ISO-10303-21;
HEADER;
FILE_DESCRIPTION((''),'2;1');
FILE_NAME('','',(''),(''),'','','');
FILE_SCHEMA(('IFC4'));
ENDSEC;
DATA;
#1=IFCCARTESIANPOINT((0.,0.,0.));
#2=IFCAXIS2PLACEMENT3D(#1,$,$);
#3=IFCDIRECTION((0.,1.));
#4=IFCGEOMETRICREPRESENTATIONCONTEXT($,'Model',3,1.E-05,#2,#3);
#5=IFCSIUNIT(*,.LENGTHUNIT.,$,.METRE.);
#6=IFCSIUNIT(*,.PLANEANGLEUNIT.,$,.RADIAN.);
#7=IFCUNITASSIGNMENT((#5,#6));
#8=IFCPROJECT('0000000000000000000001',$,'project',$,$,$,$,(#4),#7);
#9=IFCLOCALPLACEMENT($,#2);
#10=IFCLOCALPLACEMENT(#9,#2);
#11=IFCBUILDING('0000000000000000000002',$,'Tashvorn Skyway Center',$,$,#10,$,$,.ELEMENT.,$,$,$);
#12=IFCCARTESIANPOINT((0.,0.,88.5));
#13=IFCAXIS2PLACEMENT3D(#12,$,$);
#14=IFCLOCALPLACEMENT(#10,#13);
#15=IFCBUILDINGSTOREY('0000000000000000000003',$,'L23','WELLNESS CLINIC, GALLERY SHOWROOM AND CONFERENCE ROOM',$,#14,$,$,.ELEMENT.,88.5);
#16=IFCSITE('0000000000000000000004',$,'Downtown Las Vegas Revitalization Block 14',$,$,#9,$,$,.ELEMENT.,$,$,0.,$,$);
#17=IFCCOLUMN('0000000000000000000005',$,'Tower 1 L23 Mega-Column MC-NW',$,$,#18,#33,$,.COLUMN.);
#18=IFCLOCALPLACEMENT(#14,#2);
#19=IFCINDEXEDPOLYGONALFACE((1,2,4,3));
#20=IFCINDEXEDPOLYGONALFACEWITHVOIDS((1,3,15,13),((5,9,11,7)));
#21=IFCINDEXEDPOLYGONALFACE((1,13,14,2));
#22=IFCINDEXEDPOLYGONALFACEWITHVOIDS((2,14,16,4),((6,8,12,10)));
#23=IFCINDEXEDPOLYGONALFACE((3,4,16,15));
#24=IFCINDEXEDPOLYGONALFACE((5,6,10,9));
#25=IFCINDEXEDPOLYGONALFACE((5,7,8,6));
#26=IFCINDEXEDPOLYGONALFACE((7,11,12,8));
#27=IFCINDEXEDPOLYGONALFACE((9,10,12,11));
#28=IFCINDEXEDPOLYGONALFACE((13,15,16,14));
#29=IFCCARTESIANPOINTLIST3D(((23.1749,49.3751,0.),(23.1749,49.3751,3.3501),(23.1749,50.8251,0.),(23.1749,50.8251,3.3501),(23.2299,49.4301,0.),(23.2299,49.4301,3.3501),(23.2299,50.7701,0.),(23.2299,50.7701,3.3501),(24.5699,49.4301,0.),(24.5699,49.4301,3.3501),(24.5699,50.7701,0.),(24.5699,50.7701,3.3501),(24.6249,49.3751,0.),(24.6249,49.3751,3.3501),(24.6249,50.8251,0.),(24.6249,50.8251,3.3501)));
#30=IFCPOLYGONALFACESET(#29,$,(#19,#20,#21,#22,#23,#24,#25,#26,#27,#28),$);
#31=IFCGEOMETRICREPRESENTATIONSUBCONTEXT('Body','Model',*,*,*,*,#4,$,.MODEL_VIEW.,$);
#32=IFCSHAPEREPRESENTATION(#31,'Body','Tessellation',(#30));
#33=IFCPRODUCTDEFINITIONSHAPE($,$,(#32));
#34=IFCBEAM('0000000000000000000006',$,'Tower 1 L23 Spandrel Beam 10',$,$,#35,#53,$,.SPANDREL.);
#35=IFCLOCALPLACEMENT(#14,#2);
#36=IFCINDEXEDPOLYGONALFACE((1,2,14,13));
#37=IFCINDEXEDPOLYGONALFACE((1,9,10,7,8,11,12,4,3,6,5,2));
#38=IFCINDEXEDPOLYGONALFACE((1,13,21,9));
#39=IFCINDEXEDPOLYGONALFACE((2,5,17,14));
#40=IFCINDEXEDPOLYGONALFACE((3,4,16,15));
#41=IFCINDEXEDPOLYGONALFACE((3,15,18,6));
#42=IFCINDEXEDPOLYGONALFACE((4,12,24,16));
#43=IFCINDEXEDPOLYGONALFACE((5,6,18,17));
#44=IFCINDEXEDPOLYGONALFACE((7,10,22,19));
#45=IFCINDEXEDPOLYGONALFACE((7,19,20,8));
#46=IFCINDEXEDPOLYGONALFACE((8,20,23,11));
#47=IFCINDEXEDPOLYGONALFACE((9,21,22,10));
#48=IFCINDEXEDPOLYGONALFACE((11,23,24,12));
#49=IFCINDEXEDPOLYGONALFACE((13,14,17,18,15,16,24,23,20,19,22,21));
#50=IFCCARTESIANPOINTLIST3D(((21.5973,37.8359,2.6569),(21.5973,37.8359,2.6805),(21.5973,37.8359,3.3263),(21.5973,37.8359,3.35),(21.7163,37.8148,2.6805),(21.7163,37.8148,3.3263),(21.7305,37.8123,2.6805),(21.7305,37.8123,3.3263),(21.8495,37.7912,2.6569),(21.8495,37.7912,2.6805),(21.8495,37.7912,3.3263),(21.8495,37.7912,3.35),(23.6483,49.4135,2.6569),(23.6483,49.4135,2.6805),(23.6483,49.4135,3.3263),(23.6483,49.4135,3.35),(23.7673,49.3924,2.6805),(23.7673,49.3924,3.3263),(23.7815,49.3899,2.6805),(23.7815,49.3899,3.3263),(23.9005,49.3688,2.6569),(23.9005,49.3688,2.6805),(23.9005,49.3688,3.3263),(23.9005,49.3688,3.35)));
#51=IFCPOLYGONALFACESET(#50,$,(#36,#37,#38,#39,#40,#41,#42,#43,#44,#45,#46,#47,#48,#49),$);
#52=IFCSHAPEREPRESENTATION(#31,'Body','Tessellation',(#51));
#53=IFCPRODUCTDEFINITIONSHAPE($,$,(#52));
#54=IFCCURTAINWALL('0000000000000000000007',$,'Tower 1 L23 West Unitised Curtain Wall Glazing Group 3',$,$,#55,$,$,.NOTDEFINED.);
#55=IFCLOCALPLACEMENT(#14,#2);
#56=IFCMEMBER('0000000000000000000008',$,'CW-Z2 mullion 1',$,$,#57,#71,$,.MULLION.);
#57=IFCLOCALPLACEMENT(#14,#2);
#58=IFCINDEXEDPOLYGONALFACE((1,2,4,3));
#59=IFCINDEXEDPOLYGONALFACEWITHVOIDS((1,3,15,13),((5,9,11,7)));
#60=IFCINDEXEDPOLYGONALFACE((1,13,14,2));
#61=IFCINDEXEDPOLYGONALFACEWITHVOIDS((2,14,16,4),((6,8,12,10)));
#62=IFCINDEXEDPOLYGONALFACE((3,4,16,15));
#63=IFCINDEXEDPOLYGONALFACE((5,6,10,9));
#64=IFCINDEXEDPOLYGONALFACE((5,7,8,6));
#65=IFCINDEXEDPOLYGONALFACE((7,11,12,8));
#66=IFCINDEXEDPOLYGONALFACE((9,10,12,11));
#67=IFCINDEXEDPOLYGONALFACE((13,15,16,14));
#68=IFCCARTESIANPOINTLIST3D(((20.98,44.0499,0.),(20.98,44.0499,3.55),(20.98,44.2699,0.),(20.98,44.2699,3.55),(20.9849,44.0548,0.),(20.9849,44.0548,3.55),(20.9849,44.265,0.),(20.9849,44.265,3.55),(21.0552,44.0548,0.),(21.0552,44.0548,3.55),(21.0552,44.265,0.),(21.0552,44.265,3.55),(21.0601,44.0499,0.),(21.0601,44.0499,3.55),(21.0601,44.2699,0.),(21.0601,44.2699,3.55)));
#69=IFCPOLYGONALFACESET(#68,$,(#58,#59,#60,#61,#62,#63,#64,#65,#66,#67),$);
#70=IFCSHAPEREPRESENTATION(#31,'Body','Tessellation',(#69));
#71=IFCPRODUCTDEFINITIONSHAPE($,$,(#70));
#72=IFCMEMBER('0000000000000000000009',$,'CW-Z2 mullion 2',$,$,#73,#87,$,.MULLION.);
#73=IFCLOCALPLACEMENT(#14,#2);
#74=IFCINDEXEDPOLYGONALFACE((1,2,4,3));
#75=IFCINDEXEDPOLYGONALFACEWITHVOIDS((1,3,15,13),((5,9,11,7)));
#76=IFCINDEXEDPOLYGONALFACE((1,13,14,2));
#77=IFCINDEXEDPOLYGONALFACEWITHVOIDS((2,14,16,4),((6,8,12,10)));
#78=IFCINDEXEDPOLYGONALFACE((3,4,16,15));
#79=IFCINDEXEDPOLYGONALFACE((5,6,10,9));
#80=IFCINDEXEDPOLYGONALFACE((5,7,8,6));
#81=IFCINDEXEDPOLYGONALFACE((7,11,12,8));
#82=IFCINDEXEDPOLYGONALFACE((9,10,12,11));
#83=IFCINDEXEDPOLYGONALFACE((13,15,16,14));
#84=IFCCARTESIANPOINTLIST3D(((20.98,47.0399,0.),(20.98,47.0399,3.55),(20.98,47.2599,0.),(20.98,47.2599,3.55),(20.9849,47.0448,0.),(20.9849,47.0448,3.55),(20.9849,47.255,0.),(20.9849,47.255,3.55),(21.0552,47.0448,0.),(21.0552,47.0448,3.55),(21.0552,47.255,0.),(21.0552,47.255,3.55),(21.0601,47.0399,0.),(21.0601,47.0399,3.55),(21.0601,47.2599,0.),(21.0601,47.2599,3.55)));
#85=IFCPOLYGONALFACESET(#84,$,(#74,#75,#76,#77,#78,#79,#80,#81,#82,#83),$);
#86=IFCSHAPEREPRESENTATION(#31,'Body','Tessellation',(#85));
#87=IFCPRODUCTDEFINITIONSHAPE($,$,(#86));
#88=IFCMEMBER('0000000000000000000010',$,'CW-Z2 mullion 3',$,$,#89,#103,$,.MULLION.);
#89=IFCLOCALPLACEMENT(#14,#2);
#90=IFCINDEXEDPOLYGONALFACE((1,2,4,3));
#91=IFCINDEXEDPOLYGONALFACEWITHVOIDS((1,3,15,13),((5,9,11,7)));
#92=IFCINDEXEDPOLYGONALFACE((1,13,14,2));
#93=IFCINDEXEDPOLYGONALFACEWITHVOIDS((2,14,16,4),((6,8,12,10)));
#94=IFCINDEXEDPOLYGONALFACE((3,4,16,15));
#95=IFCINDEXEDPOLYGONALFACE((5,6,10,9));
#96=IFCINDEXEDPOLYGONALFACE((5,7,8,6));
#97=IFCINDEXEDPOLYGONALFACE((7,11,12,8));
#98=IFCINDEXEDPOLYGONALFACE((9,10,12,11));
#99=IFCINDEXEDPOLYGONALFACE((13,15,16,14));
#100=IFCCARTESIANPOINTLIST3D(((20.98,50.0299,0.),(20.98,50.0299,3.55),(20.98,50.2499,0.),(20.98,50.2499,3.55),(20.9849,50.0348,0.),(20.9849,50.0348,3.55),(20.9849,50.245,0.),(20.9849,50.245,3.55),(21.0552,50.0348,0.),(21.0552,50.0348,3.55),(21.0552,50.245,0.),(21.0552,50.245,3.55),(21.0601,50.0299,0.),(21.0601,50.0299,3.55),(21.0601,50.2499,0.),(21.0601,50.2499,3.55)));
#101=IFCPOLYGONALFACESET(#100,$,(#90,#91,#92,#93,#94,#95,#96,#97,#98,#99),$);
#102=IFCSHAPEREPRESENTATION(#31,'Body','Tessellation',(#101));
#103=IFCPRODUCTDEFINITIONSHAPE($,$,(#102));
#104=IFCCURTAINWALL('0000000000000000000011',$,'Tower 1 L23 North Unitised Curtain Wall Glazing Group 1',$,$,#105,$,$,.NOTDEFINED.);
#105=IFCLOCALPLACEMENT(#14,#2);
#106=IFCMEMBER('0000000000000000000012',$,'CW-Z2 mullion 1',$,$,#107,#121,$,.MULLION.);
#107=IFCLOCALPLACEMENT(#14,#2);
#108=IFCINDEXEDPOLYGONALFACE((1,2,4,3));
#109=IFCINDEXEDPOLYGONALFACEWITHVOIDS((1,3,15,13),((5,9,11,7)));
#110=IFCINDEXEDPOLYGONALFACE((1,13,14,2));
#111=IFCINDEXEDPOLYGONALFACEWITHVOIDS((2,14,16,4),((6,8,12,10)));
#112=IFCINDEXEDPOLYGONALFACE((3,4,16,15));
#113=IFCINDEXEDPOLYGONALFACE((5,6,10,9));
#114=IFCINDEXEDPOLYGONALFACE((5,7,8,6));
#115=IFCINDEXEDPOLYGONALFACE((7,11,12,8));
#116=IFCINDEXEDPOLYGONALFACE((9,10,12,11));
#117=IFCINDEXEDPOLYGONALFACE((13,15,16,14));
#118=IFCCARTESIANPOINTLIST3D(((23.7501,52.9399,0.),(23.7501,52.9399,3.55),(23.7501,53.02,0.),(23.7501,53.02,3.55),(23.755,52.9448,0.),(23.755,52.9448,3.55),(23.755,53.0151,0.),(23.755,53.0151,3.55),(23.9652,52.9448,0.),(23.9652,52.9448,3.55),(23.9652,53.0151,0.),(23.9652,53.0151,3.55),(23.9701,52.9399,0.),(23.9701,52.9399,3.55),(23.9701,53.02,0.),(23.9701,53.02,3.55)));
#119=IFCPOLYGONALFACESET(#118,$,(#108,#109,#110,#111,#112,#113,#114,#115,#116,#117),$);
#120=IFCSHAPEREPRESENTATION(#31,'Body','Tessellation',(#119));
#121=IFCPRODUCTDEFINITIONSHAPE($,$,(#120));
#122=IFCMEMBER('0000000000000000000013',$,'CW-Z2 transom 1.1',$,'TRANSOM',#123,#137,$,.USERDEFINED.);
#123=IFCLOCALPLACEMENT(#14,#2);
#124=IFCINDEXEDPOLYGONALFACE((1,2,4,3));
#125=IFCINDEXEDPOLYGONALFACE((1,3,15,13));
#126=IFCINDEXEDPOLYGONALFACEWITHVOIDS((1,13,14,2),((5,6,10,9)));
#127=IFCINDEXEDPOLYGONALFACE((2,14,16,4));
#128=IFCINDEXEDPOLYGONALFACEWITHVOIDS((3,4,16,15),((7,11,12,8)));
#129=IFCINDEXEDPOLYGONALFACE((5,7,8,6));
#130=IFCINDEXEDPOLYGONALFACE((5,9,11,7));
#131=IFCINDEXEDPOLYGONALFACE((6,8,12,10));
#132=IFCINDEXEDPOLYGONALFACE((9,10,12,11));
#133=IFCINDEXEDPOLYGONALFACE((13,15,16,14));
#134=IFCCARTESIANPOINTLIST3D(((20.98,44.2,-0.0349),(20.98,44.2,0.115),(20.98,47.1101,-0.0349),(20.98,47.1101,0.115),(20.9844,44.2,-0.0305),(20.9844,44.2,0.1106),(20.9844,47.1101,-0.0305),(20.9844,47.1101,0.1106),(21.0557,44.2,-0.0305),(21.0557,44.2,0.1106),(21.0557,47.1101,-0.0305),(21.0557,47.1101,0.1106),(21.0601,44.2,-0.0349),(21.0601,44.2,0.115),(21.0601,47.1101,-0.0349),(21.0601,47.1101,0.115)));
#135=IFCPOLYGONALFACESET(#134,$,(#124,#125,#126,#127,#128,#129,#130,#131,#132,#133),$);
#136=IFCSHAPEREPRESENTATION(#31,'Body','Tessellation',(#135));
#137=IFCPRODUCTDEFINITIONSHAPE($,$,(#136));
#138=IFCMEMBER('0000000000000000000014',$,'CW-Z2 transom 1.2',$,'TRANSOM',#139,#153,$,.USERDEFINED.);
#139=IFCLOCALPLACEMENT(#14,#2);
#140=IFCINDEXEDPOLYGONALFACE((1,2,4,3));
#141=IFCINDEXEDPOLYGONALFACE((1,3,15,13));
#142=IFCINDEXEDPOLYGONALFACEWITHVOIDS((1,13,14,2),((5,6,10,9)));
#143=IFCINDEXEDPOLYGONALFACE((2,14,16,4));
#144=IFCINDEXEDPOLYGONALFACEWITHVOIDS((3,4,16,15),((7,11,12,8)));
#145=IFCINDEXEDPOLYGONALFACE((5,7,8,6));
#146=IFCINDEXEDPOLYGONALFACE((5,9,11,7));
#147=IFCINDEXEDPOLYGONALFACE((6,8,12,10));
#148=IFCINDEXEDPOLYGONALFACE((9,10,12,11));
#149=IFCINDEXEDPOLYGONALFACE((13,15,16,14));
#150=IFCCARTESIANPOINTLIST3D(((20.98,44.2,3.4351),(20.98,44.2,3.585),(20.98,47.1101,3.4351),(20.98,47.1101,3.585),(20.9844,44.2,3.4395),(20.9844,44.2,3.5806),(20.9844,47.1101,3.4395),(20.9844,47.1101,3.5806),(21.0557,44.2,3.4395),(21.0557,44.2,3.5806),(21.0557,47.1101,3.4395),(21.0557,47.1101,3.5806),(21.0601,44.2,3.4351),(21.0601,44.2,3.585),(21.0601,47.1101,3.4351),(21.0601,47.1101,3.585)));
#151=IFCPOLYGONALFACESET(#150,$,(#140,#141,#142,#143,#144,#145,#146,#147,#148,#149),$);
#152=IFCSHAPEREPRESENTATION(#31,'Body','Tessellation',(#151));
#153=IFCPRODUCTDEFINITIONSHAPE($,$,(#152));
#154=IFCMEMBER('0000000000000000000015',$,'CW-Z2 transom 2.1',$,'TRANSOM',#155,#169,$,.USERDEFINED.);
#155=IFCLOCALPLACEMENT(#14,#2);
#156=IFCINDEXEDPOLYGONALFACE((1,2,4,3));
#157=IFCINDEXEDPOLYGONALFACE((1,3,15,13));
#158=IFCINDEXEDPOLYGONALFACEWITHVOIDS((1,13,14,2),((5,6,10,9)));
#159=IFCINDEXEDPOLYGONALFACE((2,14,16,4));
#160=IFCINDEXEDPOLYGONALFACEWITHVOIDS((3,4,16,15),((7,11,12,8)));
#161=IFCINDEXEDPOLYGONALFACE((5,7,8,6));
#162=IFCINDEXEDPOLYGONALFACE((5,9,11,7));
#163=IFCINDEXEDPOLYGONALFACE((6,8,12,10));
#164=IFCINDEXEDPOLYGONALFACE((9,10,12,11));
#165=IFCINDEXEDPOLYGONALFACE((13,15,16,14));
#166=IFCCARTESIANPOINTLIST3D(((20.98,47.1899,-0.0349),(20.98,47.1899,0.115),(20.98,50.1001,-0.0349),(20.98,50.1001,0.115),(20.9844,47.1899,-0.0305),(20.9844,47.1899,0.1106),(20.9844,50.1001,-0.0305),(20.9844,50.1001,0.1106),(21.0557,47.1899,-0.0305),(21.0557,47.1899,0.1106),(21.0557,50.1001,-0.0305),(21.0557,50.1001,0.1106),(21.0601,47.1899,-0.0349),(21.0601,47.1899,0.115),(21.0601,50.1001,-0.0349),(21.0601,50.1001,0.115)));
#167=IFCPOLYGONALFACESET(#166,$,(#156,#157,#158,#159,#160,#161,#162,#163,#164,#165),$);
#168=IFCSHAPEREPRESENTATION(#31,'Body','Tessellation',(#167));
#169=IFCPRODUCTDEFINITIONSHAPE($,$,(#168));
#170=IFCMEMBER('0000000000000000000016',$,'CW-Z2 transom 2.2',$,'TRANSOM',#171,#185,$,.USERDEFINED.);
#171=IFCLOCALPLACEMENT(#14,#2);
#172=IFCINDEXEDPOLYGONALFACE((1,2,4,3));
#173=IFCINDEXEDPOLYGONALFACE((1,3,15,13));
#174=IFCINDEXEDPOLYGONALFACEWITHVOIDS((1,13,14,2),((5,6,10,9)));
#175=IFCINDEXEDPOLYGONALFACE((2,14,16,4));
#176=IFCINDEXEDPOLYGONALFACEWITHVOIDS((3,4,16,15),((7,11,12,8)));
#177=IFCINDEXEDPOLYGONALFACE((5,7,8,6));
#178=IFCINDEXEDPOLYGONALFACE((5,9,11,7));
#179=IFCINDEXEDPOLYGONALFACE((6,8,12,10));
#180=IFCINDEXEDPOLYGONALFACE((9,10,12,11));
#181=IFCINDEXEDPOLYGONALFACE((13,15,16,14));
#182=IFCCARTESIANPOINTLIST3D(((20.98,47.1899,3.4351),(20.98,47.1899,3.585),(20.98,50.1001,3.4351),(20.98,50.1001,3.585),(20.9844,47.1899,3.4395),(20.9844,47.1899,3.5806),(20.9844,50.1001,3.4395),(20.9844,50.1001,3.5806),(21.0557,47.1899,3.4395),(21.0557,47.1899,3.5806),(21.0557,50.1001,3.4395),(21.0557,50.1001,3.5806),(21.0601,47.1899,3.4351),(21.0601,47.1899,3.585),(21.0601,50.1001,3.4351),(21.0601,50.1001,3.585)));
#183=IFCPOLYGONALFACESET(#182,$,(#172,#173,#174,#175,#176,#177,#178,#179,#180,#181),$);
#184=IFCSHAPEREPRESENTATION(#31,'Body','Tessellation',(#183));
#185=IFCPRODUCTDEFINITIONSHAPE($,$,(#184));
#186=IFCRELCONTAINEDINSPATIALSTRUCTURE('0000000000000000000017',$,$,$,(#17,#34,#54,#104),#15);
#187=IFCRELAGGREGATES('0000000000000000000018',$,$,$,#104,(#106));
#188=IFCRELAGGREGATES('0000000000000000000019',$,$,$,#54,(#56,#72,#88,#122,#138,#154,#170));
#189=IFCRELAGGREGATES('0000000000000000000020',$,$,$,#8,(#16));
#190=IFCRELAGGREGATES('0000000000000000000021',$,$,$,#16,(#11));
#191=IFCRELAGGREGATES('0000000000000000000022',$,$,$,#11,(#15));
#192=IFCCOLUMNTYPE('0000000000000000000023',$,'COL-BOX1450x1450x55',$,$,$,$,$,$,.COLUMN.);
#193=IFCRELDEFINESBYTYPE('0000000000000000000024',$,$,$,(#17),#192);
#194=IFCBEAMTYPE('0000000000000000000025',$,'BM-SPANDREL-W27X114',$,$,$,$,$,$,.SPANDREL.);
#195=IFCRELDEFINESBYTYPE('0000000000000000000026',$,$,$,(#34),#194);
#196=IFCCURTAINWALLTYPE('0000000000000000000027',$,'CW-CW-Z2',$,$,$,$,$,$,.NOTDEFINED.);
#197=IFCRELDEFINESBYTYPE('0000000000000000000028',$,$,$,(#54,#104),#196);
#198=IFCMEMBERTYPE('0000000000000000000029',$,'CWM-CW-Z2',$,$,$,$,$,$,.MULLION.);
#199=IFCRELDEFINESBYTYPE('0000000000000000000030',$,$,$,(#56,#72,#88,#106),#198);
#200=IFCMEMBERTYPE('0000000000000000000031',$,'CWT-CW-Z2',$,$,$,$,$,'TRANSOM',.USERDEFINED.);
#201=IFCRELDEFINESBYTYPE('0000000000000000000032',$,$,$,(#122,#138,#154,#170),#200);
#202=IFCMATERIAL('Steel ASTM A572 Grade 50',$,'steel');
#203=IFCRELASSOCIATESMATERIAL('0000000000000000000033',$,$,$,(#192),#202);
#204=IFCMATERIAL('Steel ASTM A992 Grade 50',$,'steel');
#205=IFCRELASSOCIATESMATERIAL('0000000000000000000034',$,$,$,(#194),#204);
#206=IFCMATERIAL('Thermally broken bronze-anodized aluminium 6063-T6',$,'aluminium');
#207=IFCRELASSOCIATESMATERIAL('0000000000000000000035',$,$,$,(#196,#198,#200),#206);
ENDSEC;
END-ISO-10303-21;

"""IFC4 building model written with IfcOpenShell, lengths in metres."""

from ifc_helpers import new_model, si_unit, direction, frame, origin, origin_2d, place, context, subcontext, project, spatial, hollow_rectangle, i_section, extrude, material, material_profile, profile_set, type_object, element, aggregate, save


model = new_model("IFC4")

# Units and contexts
model_context = context("Model", 3, precision=1e-05, world=origin(), true_north=direction((0.0, 1.0)))
body_context = subcontext(model_context, "Body", "Model", "MODEL_VIEW")
ifc_project = project(units=[si_unit("LENGTHUNIT", "METRE"), si_unit("PLANEANGLEUNIT", "RADIAN")], contexts=[model_context])

# Site, building, storey
site_placement = place(None, origin())
site = spatial("IfcSite", under=ifc_project, at=site_placement, Name="Downtown Las Vegas Revitalization Block 14", CompositionType="ELEMENT", RefElevation=0.0)
building_placement = place(site_placement, origin())
building = spatial("IfcBuilding", under=site, at=building_placement, Name="Tashvorn Skyway Center", CompositionType="ELEMENT")
storey_placement = place(building_placement, frame((0.0, 0.0, 88.5)))
storey = spatial("IfcBuildingStorey", under=building, at=storey_placement, Name="L23", Description="WELLNESS CLINIC, GALLERY SHOWROOM AND CONFERENCE ROOM", CompositionType="ELEMENT", Elevation=88.5)

# Column
ifc_material_1 = material(Name="Steel ASTM A572 Grade 50", Category="steel")
ifc_material_profile_1 = material_profile(ifc_material_1, hollow_rectangle(XDim=1.45, YDim=1.45, WallThickness=0.0549, at=origin_2d()), Name="BOX1450x1450x55")
ifc_profile_set_1 = profile_set([ifc_material_profile_1], Name="Steel ASTM A572 Grade 50")
column_type = type_object("IfcColumnType", Name="COL-BOX1450x1450x55", PredefinedType="COLUMN", material=ifc_profile_set_1)
column_placement = place(storey_placement, frame((23.8999, 50.1001, 0.0), z_axis=(0.0, 0.0, 1.0), x_axis=(1.0, 0.0, 0.0)))
element("IfcColumn", 1, at=column_placement, inside=storey, type_object=column_type, Name="Tower 1 L23 Mega-Column MC-NW", PredefinedType="COLUMN", context=body_context, shape_type="SweptSolid", body=[
    extrude(hollow_rectangle(XDim=1.45, YDim=1.45, WallThickness=0.0549, at=origin_2d()), origin(), (0.0, 0.0, 1.0), 3.3501),
])

# Beam
ifc_material_2 = material(Name="Steel ASTM A992 Grade 50", Category="steel")
ifc_material_profile_2 = material_profile(ifc_material_2, i_section(OverallWidth=0.2561, OverallDepth=0.6931, WebThickness=0.0144, FlangeThickness=0.0237, at=origin_2d()), Name="W27X114")
ifc_profile_set_2 = profile_set([ifc_material_profile_2], Name="Steel ASTM A992 Grade 50")
beam_type = type_object("IfcBeamType", Name="BM-SPANDREL-W27X114", PredefinedType="SPANDREL", material=ifc_profile_set_2)
beam_placement = place(storey_placement, frame((23.7744, 49.3911, 3.0034), z_axis=(-0.174438, -0.984668, 0.0), x_axis=(0.984668, -0.174438, 0.0)))
element("IfcBeam", 2, at=beam_placement, inside=storey, type_object=beam_type, Name="Tower 1 L23 Spandrel Beam 10", PredefinedType="SPANDREL", context=body_context, shape_type="SweptSolid", body=[
    extrude(i_section(OverallWidth=0.2561, OverallDepth=0.6931, WebThickness=0.0144, FlangeThickness=0.0237, at=origin_2d()), origin(), (0.0, 0.0, 1.0), 11.7578),
])

# Curtain wall, members
ifc_material_3 = material(Name="Thermally broken bronze-anodized aluminium 6063-T6", Category="aluminium")
curtain_wall_type = type_object("IfcCurtainWallType", Name="CW-CW-Z2", PredefinedType="NOTDEFINED", material=ifc_material_3)
curtain_wall_1_placement = place(storey_placement, origin())
curtain_wall_1 = element("IfcCurtainWall", 3, at=curtain_wall_1_placement, inside=storey, type_object=curtain_wall_type, Name="Tower 1 L23 West Unitised Curtain Wall Glazing Group 3", PredefinedType="NOTDEFINED")
ifc_material_profile_3 = material_profile(ifc_material_3, hollow_rectangle(XDim=0.0801, YDim=0.22, WallThickness=0.0049, at=origin_2d()), Name="ALU-MULL-80x220")
ifc_profile_set_3 = profile_set([ifc_material_profile_3], Name="Thermally broken bronze-anodized aluminium 6063-T6")
member_type_1 = type_object("IfcMemberType", Name="CWM-CW-Z2", PredefinedType="MULLION", material=ifc_profile_set_3)
member_1_placement = place(storey_placement, frame((21.02, 44.1599, 0.0), z_axis=(0.0, 0.0, 1.0), x_axis=(-1.0, 0.0, 0.0)))
member_1 = element("IfcMember", 4, at=member_1_placement, type_object=member_type_1, Name="CW-Z2 mullion 1", PredefinedType="MULLION", context=body_context, shape_type="SweptSolid", body=[
    extrude(hollow_rectangle(XDim=0.0801, YDim=0.22, WallThickness=0.0049, at=origin_2d()), origin(), (0.0, 0.0, 1.0), 3.55),
])
member_2_placement = place(storey_placement, frame((21.02, 47.1499, 0.0), z_axis=(0.0, 0.0, 1.0), x_axis=(-1.0, 0.0, 0.0)))
member_2 = element("IfcMember", 5, at=member_2_placement, type_object=member_type_1, Name="CW-Z2 mullion 2", PredefinedType="MULLION", context=body_context, shape_type="SweptSolid", body=[
    extrude(hollow_rectangle(XDim=0.0801, YDim=0.22, WallThickness=0.0049, at=origin_2d()), origin(), (0.0, 0.0, 1.0), 3.55),
])
member_3_placement = place(storey_placement, frame((21.02, 50.1399, 0.0), z_axis=(0.0, 0.0, 1.0), x_axis=(-1.0, 0.0, 0.0)))
member_3 = element("IfcMember", 6, at=member_3_placement, type_object=member_type_1, Name="CW-Z2 mullion 3", PredefinedType="MULLION", context=body_context, shape_type="SweptSolid", body=[
    extrude(hollow_rectangle(XDim=0.0801, YDim=0.22, WallThickness=0.0049, at=origin_2d()), origin(), (0.0, 0.0, 1.0), 3.55),
])

# Curtain wall, member
curtain_wall_2_placement = place(storey_placement, origin())
curtain_wall_2 = element("IfcCurtainWall", 7, at=curtain_wall_2_placement, inside=storey, type_object=curtain_wall_type, Name="Tower 1 L23 North Unitised Curtain Wall Glazing Group 1", PredefinedType="NOTDEFINED")
member_4_placement = place(storey_placement, frame((23.8601, 52.98, 0.0), z_axis=(0.0, 0.0, 1.0), x_axis=(0.0, 1.0, 0.0)))
member_4 = element("IfcMember", 8, at=member_4_placement, type_object=member_type_1, Name="CW-Z2 mullion 1", PredefinedType="MULLION", context=body_context, shape_type="SweptSolid", body=[
    extrude(hollow_rectangle(XDim=0.0801, YDim=0.22, WallThickness=0.0049, at=origin_2d()), origin(), (0.0, 0.0, 1.0), 3.55),
])
aggregate(curtain_wall_2, [member_4])

# Members
ifc_material_profile_4 = material_profile(ifc_material_3, hollow_rectangle(XDim=0.0801, YDim=0.1499, WallThickness=0.0044, at=origin_2d()), Name="ALU-TRAN-80x150")
ifc_profile_set_4 = profile_set([ifc_material_profile_4], Name="Thermally broken bronze-anodized aluminium 6063-T6")
member_type_2 = type_object("IfcMemberType", Name="CWT-CW-Z2", ElementType="TRANSOM", PredefinedType="USERDEFINED", material=ifc_profile_set_4)
member_5_placement = place(storey_placement, frame((21.02, 44.2, 0.04), z_axis=(0.0, 1.0, 0.0), x_axis=(-1.0, 0.0, 0.0)))
member_5 = element("IfcMember", 9, at=member_5_placement, type_object=member_type_2, Name="CW-Z2 transom 1.1", ObjectType="TRANSOM", PredefinedType="USERDEFINED", context=body_context, shape_type="SweptSolid", body=[
    extrude(hollow_rectangle(XDim=0.0801, YDim=0.1499, WallThickness=0.0044, at=origin_2d()), origin(), (0.0, 0.0, 1.0), 2.9102),
])
member_6_placement = place(storey_placement, frame((21.02, 44.2, 3.51), z_axis=(0.0, 1.0, 0.0), x_axis=(-1.0, 0.0, 0.0)))
member_6 = element("IfcMember", 10, at=member_6_placement, type_object=member_type_2, Name="CW-Z2 transom 1.2", ObjectType="TRANSOM", PredefinedType="USERDEFINED", context=body_context, shape_type="SweptSolid", body=[
    extrude(hollow_rectangle(XDim=0.0801, YDim=0.1499, WallThickness=0.0044, at=origin_2d()), origin(), (0.0, 0.0, 1.0), 2.9102),
])
member_7_placement = place(storey_placement, frame((21.02, 47.1899, 0.04), z_axis=(0.0, 1.0, 0.0), x_axis=(-1.0, 0.0, 0.0)))
member_7 = element("IfcMember", 11, at=member_7_placement, type_object=member_type_2, Name="CW-Z2 transom 2.1", ObjectType="TRANSOM", PredefinedType="USERDEFINED", context=body_context, shape_type="SweptSolid", body=[
    extrude(hollow_rectangle(XDim=0.0801, YDim=0.1499, WallThickness=0.0044, at=origin_2d()), origin(), (0.0, 0.0, 1.0), 2.9102),
])
member_8_placement = place(storey_placement, frame((21.02, 47.1899, 3.51), z_axis=(0.0, 1.0, 0.0), x_axis=(-1.0, 0.0, 0.0)))
member_8 = element("IfcMember", 12, at=member_8_placement, type_object=member_type_2, Name="CW-Z2 transom 2.2", ObjectType="TRANSOM", PredefinedType="USERDEFINED", context=body_context, shape_type="SweptSolid", body=[
    extrude(hollow_rectangle(XDim=0.0801, YDim=0.1499, WallThickness=0.0044, at=origin_2d()), origin(), (0.0, 0.0, 1.0), 2.9102),
])

aggregate(curtain_wall_1, [member_1, member_2, member_3, member_5, member_6, member_7, member_8])

save(model, "model.ifc")
